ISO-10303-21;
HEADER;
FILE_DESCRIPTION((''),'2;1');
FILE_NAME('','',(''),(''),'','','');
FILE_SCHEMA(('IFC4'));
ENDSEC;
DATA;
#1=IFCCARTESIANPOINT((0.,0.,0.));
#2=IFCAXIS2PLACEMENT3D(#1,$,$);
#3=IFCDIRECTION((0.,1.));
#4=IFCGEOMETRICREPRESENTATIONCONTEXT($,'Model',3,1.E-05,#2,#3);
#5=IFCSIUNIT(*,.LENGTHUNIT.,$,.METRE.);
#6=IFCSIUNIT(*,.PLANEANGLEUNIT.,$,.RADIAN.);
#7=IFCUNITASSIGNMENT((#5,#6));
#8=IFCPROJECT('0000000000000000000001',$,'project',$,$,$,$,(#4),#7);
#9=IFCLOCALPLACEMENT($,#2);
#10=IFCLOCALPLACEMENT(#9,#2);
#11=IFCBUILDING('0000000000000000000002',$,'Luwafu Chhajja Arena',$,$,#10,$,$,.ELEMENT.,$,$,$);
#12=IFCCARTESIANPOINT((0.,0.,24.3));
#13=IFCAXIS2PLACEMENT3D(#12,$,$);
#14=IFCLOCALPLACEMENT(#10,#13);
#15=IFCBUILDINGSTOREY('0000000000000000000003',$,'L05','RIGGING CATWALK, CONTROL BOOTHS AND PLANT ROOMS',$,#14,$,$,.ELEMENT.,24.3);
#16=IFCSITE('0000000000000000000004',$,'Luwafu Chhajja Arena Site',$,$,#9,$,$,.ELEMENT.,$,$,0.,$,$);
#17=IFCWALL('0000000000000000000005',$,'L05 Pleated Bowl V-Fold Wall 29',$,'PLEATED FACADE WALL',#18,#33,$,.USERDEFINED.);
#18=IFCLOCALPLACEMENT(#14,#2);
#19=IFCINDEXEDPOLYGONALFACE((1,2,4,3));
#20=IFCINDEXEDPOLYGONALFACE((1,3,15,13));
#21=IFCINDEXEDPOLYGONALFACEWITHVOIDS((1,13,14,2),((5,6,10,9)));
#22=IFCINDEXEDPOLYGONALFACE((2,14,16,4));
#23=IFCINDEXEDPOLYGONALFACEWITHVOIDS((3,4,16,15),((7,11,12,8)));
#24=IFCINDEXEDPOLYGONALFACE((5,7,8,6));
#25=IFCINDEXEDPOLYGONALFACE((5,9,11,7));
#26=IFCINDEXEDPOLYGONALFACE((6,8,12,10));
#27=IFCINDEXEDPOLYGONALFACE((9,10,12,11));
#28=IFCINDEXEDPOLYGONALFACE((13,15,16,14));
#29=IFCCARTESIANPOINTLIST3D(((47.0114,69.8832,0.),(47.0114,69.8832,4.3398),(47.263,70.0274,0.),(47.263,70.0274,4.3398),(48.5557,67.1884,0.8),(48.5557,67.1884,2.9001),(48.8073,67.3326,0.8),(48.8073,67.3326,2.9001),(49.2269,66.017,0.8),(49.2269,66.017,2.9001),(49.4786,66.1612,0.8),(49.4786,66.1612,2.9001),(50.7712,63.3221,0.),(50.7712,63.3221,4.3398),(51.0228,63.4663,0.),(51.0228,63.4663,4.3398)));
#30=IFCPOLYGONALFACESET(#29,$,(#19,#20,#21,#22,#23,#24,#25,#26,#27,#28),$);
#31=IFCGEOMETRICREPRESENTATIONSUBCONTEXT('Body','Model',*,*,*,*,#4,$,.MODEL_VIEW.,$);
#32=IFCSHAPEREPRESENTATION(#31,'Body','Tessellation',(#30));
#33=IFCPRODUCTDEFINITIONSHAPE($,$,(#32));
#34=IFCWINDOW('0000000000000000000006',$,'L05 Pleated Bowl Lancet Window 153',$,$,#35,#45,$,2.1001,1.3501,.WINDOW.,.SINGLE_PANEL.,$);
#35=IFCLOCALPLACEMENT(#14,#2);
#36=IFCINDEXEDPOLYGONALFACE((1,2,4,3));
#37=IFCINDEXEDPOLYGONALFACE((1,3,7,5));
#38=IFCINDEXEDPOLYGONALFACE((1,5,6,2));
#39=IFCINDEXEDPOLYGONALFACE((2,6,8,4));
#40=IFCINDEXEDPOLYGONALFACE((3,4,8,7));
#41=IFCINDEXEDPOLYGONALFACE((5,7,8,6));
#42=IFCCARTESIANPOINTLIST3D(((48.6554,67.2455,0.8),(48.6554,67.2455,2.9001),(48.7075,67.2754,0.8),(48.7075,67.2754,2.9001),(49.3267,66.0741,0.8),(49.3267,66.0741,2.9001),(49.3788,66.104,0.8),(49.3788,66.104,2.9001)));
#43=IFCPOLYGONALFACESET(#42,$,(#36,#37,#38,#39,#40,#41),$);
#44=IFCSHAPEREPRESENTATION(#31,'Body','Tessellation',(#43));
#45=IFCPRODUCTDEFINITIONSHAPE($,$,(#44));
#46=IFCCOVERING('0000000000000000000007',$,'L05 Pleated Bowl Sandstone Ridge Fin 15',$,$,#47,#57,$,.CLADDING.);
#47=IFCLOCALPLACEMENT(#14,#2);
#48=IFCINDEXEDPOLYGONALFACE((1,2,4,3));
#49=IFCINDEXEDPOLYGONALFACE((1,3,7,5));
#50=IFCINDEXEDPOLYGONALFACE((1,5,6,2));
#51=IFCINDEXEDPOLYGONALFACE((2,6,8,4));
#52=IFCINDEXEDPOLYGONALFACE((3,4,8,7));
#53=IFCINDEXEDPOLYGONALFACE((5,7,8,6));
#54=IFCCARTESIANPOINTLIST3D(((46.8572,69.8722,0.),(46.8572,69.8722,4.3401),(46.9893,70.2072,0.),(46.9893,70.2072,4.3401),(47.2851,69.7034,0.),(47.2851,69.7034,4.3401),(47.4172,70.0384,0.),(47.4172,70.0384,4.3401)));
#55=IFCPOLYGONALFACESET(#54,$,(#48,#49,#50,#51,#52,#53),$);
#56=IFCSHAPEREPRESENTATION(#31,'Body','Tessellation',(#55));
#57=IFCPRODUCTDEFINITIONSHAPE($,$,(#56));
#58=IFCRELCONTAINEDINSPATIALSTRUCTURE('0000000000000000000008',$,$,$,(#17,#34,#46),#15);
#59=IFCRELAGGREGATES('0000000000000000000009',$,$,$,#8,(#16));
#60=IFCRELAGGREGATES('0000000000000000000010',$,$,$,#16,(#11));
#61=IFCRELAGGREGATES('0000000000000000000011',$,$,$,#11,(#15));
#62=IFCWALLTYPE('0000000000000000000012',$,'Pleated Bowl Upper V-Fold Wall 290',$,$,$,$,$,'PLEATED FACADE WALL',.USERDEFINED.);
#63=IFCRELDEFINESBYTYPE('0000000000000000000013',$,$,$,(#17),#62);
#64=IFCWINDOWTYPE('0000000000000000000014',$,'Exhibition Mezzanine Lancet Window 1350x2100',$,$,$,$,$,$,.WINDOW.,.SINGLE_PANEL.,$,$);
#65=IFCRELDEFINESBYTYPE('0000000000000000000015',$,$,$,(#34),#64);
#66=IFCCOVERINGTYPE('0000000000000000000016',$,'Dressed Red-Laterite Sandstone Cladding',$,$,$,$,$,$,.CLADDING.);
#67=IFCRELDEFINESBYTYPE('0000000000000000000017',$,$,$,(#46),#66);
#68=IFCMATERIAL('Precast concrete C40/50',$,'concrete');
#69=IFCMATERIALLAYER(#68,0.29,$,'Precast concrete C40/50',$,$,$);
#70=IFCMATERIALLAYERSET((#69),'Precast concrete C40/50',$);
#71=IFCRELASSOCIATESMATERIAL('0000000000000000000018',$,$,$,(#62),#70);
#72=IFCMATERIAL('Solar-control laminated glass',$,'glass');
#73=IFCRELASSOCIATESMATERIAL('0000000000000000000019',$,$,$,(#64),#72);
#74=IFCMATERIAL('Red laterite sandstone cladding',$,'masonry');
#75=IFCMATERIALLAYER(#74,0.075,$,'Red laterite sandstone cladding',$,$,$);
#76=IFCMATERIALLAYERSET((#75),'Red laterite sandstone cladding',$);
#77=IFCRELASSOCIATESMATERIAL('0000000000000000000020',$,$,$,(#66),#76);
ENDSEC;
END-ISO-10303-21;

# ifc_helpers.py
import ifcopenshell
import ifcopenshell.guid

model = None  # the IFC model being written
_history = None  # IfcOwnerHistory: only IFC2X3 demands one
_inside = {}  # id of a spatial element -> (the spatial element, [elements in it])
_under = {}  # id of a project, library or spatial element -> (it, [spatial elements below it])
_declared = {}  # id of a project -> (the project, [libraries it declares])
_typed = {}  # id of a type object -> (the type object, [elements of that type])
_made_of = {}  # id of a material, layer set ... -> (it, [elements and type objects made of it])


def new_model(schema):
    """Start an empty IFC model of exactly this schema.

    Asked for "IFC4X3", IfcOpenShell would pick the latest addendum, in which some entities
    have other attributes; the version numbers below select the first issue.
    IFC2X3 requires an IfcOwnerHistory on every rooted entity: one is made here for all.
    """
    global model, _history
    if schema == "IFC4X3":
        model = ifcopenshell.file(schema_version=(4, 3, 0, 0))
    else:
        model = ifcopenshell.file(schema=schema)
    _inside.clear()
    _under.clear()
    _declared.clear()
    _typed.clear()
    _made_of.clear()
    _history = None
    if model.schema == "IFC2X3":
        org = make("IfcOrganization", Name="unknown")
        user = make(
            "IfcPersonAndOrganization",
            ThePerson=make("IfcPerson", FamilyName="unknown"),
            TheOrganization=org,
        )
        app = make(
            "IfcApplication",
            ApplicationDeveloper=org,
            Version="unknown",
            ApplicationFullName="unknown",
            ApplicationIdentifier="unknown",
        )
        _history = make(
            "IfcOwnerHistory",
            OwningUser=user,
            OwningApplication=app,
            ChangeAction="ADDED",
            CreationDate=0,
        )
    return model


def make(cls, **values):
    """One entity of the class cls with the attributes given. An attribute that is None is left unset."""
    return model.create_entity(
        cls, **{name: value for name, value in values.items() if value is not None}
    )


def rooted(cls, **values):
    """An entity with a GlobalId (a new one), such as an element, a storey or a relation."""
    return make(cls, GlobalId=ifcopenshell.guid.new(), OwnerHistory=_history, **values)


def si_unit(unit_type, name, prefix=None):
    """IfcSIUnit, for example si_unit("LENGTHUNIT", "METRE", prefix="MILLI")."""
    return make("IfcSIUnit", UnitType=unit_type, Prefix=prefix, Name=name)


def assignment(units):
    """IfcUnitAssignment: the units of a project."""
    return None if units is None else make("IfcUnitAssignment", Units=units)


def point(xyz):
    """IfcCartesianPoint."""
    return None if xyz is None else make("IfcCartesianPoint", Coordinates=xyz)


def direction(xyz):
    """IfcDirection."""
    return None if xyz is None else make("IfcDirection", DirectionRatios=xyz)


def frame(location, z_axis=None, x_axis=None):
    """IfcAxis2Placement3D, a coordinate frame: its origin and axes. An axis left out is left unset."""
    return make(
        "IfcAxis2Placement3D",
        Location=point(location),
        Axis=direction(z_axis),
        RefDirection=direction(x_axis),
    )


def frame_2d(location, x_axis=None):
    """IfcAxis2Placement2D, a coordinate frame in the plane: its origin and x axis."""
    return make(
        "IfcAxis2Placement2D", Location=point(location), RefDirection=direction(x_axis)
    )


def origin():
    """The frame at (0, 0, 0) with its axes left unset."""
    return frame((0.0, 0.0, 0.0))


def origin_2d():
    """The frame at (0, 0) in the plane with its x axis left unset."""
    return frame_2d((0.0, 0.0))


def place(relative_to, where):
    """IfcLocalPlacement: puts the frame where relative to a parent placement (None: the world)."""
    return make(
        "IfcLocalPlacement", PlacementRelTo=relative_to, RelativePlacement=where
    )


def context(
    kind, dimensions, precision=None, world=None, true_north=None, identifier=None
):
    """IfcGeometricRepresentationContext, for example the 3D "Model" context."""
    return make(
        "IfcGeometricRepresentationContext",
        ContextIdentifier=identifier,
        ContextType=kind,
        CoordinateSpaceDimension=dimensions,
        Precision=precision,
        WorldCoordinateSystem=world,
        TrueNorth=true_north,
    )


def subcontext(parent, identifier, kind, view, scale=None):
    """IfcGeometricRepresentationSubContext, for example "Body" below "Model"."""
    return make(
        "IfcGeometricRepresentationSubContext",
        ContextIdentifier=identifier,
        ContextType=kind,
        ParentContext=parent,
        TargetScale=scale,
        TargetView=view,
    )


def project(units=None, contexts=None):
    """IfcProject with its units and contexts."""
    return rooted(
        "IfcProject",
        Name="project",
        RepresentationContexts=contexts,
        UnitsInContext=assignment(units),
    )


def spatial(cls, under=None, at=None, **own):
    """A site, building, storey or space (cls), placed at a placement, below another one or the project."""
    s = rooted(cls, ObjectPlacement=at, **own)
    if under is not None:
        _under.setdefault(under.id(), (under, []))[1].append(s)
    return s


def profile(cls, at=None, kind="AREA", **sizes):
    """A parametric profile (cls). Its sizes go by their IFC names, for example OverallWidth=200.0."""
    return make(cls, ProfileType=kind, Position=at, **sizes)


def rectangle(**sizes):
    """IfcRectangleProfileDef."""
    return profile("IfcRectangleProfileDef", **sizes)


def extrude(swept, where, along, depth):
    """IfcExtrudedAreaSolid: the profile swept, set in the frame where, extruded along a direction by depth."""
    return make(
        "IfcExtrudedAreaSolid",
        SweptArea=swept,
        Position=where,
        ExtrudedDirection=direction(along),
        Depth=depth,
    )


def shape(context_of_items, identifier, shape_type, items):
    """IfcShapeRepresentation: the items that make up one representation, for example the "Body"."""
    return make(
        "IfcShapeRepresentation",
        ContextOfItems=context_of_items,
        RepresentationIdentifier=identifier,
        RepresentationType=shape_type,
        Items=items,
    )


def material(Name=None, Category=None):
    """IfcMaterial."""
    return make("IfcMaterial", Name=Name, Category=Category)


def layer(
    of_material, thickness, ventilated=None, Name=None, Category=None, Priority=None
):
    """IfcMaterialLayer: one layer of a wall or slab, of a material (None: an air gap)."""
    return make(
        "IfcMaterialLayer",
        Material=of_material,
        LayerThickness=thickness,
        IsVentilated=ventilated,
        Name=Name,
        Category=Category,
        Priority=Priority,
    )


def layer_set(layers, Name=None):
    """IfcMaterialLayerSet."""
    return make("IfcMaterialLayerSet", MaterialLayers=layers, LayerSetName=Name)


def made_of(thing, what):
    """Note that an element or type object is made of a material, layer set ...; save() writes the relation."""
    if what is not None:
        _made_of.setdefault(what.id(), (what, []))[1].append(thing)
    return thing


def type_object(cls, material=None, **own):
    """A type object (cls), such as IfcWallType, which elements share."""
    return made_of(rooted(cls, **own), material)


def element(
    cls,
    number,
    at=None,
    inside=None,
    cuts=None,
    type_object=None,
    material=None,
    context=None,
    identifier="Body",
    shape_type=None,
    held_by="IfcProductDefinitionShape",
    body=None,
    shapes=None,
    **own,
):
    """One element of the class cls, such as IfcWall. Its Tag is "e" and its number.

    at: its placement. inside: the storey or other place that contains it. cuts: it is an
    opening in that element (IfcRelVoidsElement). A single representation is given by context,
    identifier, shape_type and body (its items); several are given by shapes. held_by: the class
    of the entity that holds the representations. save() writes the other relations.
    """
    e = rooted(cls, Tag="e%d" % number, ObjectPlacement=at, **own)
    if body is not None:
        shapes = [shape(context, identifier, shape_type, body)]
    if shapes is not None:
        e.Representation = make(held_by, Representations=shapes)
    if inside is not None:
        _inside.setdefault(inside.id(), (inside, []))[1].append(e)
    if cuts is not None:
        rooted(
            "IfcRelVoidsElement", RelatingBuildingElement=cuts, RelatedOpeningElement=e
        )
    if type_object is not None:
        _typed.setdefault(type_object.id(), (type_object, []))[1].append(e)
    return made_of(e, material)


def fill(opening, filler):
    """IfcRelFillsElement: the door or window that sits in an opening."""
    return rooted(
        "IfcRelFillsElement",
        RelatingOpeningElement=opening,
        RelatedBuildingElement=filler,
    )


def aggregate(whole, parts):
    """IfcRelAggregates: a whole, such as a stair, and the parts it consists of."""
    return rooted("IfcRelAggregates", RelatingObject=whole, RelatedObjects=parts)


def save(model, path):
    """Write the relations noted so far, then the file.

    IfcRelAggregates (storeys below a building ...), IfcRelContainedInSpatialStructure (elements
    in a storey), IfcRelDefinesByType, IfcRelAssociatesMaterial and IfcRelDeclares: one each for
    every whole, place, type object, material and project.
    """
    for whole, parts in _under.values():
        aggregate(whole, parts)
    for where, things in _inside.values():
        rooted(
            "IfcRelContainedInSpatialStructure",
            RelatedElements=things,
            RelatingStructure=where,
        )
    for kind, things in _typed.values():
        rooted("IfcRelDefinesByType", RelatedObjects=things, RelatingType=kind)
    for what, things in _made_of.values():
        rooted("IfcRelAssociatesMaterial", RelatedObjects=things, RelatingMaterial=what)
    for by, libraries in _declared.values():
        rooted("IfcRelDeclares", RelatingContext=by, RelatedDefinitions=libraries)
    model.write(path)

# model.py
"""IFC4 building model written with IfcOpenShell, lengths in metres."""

from ifc_helpers import new_model, si_unit, direction, frame, frame_2d, origin, origin_2d, place, context, subcontext, project, spatial, rectangle, extrude, material, layer, layer_set, type_object, element, fill, save


model = new_model("IFC4")

# Units and contexts
model_context = context("Model", 3, precision=1e-05, world=origin(), true_north=direction((0.0, 1.0)))
body_context = subcontext(model_context, "Body", "Model", "MODEL_VIEW")
ifc_project = project(units=[si_unit("LENGTHUNIT", "METRE"), si_unit("PLANEANGLEUNIT", "RADIAN")], contexts=[model_context])

# Site, building, storey
site_placement = place(None, origin())
site = spatial("IfcSite", under=ifc_project, at=site_placement, Name="Luwafu Chhajja Arena Site", CompositionType="ELEMENT", RefElevation=0.0)
building_placement = place(site_placement, origin())
building = spatial("IfcBuilding", under=site, at=building_placement, Name="Luwafu Chhajja Arena", CompositionType="ELEMENT")
storey_placement = place(building_placement, frame((0.0, 0.0, 24.3)))
storey = spatial("IfcBuildingStorey", under=building, at=storey_placement, Name="L05", Description="RIGGING CATWALK, CONTROL BOOTHS AND PLANT ROOMS", CompositionType="ELEMENT", Elevation=24.3)

# Shared definitions
ifc_material_1 = material(Name="Solar-control laminated glass", Category="glass")

# Wall, opening, window
ifc_material_2 = material(Name="Precast concrete C40/50", Category="concrete")
ifc_layer_1 = layer(ifc_material_2, 0.29, Name="Precast concrete C40/50")
ifc_layer_set_1 = layer_set([ifc_layer_1], Name="Precast concrete C40/50")
wall_type = type_object("IfcWallType", Name="Pleated Bowl Upper V-Fold Wall 290", ElementType="PLEATED FACADE WALL", PredefinedType="USERDEFINED", material=ifc_layer_set_1)
wall_placement = place(storey_placement, frame((47.1372, 69.9553, 0.0), z_axis=(0.0, 0.0, 1.0), x_axis=(0.497196, -0.867639, 0.0)))
wall = element("IfcWall", 1, at=wall_placement, inside=storey, type_object=wall_type, Name="L05 Pleated Bowl V-Fold Wall 29", ObjectType="PLEATED FACADE WALL", PredefinedType="USERDEFINED", context=body_context, shape_type="SweptSolid", body=[
    extrude(rectangle(XDim=7.562, YDim=0.29, at=frame_2d((3.781, 0.0))), origin(), (0.0, 0.0, 1.0), 4.3398),
])
opening_placement = place(wall_placement, frame((3.106, 0.0, 0.8)))
opening = element("IfcOpeningElement", 2, at=opening_placement, cuts=wall, PredefinedType="OPENING", context=body_context, shape_type="SweptSolid", body=[
    extrude(rectangle(XDim=1.3501, YDim=2.1001, at=frame_2d((0.675, 1.05))), frame((0.0, 0.155, 0.0), z_axis=(0.0, -1.0, 0.0), x_axis=(1.0, 0.0, 0.0)), (0.0, 0.0, 1.0), 0.3101),
])
window_type = type_object("IfcWindowType", Name="Exhibition Mezzanine Lancet Window 1350x2100", PartitioningType="SINGLE_PANEL", PredefinedType="WINDOW", material=ifc_material_1)
window_placement = place(opening_placement, origin())
window = element("IfcWindow", 3, at=window_placement, inside=storey, type_object=window_type, Name="L05 Pleated Bowl Lancet Window 153", OverallHeight=2.1001, OverallWidth=1.3501, PartitioningType="SINGLE_PANEL", PredefinedType="WINDOW", context=body_context, shape_type="SweptSolid", body=[
    extrude(rectangle(XDim=1.3501, YDim=2.1001, at=frame_2d((0.675, 1.05))), frame((0.0, 0.03, 0.0), z_axis=(0.0, -1.0, 0.0), x_axis=(1.0, 0.0, 0.0)), (0.0, 0.0, 1.0), 0.0601),
])
fill(opening, window)

# Covering
ifc_material_3 = material(Name="Red laterite sandstone cladding", Category="masonry")
ifc_layer_2 = layer(ifc_material_3, 0.075, Name="Red laterite sandstone cladding")
ifc_layer_set_2 = layer_set([ifc_layer_2], Name="Red laterite sandstone cladding")
covering_type = type_object("IfcCoveringType", Name="Dressed Red-Laterite Sandstone Cladding", PredefinedType="CLADDING", material=ifc_layer_set_2)
covering_placement = place(storey_placement, frame((47.1372, 69.9553, 0.0), z_axis=(0.0, 0.0, 1.0), x_axis=(-0.930259, 0.366904, 0.0)))
element("IfcCovering", 4, at=covering_placement, inside=storey, type_object=covering_type, Name="L05 Pleated Bowl Sandstone Ridge Fin 15", PredefinedType="CLADDING", context=body_context, shape_type="SweptSolid", body=[
    extrude(rectangle(XDim=0.46, YDim=0.3601, at=origin_2d()), origin(), (0.0, 0.0, 1.0), 4.3401),
])

save(model, "model.ifc")
